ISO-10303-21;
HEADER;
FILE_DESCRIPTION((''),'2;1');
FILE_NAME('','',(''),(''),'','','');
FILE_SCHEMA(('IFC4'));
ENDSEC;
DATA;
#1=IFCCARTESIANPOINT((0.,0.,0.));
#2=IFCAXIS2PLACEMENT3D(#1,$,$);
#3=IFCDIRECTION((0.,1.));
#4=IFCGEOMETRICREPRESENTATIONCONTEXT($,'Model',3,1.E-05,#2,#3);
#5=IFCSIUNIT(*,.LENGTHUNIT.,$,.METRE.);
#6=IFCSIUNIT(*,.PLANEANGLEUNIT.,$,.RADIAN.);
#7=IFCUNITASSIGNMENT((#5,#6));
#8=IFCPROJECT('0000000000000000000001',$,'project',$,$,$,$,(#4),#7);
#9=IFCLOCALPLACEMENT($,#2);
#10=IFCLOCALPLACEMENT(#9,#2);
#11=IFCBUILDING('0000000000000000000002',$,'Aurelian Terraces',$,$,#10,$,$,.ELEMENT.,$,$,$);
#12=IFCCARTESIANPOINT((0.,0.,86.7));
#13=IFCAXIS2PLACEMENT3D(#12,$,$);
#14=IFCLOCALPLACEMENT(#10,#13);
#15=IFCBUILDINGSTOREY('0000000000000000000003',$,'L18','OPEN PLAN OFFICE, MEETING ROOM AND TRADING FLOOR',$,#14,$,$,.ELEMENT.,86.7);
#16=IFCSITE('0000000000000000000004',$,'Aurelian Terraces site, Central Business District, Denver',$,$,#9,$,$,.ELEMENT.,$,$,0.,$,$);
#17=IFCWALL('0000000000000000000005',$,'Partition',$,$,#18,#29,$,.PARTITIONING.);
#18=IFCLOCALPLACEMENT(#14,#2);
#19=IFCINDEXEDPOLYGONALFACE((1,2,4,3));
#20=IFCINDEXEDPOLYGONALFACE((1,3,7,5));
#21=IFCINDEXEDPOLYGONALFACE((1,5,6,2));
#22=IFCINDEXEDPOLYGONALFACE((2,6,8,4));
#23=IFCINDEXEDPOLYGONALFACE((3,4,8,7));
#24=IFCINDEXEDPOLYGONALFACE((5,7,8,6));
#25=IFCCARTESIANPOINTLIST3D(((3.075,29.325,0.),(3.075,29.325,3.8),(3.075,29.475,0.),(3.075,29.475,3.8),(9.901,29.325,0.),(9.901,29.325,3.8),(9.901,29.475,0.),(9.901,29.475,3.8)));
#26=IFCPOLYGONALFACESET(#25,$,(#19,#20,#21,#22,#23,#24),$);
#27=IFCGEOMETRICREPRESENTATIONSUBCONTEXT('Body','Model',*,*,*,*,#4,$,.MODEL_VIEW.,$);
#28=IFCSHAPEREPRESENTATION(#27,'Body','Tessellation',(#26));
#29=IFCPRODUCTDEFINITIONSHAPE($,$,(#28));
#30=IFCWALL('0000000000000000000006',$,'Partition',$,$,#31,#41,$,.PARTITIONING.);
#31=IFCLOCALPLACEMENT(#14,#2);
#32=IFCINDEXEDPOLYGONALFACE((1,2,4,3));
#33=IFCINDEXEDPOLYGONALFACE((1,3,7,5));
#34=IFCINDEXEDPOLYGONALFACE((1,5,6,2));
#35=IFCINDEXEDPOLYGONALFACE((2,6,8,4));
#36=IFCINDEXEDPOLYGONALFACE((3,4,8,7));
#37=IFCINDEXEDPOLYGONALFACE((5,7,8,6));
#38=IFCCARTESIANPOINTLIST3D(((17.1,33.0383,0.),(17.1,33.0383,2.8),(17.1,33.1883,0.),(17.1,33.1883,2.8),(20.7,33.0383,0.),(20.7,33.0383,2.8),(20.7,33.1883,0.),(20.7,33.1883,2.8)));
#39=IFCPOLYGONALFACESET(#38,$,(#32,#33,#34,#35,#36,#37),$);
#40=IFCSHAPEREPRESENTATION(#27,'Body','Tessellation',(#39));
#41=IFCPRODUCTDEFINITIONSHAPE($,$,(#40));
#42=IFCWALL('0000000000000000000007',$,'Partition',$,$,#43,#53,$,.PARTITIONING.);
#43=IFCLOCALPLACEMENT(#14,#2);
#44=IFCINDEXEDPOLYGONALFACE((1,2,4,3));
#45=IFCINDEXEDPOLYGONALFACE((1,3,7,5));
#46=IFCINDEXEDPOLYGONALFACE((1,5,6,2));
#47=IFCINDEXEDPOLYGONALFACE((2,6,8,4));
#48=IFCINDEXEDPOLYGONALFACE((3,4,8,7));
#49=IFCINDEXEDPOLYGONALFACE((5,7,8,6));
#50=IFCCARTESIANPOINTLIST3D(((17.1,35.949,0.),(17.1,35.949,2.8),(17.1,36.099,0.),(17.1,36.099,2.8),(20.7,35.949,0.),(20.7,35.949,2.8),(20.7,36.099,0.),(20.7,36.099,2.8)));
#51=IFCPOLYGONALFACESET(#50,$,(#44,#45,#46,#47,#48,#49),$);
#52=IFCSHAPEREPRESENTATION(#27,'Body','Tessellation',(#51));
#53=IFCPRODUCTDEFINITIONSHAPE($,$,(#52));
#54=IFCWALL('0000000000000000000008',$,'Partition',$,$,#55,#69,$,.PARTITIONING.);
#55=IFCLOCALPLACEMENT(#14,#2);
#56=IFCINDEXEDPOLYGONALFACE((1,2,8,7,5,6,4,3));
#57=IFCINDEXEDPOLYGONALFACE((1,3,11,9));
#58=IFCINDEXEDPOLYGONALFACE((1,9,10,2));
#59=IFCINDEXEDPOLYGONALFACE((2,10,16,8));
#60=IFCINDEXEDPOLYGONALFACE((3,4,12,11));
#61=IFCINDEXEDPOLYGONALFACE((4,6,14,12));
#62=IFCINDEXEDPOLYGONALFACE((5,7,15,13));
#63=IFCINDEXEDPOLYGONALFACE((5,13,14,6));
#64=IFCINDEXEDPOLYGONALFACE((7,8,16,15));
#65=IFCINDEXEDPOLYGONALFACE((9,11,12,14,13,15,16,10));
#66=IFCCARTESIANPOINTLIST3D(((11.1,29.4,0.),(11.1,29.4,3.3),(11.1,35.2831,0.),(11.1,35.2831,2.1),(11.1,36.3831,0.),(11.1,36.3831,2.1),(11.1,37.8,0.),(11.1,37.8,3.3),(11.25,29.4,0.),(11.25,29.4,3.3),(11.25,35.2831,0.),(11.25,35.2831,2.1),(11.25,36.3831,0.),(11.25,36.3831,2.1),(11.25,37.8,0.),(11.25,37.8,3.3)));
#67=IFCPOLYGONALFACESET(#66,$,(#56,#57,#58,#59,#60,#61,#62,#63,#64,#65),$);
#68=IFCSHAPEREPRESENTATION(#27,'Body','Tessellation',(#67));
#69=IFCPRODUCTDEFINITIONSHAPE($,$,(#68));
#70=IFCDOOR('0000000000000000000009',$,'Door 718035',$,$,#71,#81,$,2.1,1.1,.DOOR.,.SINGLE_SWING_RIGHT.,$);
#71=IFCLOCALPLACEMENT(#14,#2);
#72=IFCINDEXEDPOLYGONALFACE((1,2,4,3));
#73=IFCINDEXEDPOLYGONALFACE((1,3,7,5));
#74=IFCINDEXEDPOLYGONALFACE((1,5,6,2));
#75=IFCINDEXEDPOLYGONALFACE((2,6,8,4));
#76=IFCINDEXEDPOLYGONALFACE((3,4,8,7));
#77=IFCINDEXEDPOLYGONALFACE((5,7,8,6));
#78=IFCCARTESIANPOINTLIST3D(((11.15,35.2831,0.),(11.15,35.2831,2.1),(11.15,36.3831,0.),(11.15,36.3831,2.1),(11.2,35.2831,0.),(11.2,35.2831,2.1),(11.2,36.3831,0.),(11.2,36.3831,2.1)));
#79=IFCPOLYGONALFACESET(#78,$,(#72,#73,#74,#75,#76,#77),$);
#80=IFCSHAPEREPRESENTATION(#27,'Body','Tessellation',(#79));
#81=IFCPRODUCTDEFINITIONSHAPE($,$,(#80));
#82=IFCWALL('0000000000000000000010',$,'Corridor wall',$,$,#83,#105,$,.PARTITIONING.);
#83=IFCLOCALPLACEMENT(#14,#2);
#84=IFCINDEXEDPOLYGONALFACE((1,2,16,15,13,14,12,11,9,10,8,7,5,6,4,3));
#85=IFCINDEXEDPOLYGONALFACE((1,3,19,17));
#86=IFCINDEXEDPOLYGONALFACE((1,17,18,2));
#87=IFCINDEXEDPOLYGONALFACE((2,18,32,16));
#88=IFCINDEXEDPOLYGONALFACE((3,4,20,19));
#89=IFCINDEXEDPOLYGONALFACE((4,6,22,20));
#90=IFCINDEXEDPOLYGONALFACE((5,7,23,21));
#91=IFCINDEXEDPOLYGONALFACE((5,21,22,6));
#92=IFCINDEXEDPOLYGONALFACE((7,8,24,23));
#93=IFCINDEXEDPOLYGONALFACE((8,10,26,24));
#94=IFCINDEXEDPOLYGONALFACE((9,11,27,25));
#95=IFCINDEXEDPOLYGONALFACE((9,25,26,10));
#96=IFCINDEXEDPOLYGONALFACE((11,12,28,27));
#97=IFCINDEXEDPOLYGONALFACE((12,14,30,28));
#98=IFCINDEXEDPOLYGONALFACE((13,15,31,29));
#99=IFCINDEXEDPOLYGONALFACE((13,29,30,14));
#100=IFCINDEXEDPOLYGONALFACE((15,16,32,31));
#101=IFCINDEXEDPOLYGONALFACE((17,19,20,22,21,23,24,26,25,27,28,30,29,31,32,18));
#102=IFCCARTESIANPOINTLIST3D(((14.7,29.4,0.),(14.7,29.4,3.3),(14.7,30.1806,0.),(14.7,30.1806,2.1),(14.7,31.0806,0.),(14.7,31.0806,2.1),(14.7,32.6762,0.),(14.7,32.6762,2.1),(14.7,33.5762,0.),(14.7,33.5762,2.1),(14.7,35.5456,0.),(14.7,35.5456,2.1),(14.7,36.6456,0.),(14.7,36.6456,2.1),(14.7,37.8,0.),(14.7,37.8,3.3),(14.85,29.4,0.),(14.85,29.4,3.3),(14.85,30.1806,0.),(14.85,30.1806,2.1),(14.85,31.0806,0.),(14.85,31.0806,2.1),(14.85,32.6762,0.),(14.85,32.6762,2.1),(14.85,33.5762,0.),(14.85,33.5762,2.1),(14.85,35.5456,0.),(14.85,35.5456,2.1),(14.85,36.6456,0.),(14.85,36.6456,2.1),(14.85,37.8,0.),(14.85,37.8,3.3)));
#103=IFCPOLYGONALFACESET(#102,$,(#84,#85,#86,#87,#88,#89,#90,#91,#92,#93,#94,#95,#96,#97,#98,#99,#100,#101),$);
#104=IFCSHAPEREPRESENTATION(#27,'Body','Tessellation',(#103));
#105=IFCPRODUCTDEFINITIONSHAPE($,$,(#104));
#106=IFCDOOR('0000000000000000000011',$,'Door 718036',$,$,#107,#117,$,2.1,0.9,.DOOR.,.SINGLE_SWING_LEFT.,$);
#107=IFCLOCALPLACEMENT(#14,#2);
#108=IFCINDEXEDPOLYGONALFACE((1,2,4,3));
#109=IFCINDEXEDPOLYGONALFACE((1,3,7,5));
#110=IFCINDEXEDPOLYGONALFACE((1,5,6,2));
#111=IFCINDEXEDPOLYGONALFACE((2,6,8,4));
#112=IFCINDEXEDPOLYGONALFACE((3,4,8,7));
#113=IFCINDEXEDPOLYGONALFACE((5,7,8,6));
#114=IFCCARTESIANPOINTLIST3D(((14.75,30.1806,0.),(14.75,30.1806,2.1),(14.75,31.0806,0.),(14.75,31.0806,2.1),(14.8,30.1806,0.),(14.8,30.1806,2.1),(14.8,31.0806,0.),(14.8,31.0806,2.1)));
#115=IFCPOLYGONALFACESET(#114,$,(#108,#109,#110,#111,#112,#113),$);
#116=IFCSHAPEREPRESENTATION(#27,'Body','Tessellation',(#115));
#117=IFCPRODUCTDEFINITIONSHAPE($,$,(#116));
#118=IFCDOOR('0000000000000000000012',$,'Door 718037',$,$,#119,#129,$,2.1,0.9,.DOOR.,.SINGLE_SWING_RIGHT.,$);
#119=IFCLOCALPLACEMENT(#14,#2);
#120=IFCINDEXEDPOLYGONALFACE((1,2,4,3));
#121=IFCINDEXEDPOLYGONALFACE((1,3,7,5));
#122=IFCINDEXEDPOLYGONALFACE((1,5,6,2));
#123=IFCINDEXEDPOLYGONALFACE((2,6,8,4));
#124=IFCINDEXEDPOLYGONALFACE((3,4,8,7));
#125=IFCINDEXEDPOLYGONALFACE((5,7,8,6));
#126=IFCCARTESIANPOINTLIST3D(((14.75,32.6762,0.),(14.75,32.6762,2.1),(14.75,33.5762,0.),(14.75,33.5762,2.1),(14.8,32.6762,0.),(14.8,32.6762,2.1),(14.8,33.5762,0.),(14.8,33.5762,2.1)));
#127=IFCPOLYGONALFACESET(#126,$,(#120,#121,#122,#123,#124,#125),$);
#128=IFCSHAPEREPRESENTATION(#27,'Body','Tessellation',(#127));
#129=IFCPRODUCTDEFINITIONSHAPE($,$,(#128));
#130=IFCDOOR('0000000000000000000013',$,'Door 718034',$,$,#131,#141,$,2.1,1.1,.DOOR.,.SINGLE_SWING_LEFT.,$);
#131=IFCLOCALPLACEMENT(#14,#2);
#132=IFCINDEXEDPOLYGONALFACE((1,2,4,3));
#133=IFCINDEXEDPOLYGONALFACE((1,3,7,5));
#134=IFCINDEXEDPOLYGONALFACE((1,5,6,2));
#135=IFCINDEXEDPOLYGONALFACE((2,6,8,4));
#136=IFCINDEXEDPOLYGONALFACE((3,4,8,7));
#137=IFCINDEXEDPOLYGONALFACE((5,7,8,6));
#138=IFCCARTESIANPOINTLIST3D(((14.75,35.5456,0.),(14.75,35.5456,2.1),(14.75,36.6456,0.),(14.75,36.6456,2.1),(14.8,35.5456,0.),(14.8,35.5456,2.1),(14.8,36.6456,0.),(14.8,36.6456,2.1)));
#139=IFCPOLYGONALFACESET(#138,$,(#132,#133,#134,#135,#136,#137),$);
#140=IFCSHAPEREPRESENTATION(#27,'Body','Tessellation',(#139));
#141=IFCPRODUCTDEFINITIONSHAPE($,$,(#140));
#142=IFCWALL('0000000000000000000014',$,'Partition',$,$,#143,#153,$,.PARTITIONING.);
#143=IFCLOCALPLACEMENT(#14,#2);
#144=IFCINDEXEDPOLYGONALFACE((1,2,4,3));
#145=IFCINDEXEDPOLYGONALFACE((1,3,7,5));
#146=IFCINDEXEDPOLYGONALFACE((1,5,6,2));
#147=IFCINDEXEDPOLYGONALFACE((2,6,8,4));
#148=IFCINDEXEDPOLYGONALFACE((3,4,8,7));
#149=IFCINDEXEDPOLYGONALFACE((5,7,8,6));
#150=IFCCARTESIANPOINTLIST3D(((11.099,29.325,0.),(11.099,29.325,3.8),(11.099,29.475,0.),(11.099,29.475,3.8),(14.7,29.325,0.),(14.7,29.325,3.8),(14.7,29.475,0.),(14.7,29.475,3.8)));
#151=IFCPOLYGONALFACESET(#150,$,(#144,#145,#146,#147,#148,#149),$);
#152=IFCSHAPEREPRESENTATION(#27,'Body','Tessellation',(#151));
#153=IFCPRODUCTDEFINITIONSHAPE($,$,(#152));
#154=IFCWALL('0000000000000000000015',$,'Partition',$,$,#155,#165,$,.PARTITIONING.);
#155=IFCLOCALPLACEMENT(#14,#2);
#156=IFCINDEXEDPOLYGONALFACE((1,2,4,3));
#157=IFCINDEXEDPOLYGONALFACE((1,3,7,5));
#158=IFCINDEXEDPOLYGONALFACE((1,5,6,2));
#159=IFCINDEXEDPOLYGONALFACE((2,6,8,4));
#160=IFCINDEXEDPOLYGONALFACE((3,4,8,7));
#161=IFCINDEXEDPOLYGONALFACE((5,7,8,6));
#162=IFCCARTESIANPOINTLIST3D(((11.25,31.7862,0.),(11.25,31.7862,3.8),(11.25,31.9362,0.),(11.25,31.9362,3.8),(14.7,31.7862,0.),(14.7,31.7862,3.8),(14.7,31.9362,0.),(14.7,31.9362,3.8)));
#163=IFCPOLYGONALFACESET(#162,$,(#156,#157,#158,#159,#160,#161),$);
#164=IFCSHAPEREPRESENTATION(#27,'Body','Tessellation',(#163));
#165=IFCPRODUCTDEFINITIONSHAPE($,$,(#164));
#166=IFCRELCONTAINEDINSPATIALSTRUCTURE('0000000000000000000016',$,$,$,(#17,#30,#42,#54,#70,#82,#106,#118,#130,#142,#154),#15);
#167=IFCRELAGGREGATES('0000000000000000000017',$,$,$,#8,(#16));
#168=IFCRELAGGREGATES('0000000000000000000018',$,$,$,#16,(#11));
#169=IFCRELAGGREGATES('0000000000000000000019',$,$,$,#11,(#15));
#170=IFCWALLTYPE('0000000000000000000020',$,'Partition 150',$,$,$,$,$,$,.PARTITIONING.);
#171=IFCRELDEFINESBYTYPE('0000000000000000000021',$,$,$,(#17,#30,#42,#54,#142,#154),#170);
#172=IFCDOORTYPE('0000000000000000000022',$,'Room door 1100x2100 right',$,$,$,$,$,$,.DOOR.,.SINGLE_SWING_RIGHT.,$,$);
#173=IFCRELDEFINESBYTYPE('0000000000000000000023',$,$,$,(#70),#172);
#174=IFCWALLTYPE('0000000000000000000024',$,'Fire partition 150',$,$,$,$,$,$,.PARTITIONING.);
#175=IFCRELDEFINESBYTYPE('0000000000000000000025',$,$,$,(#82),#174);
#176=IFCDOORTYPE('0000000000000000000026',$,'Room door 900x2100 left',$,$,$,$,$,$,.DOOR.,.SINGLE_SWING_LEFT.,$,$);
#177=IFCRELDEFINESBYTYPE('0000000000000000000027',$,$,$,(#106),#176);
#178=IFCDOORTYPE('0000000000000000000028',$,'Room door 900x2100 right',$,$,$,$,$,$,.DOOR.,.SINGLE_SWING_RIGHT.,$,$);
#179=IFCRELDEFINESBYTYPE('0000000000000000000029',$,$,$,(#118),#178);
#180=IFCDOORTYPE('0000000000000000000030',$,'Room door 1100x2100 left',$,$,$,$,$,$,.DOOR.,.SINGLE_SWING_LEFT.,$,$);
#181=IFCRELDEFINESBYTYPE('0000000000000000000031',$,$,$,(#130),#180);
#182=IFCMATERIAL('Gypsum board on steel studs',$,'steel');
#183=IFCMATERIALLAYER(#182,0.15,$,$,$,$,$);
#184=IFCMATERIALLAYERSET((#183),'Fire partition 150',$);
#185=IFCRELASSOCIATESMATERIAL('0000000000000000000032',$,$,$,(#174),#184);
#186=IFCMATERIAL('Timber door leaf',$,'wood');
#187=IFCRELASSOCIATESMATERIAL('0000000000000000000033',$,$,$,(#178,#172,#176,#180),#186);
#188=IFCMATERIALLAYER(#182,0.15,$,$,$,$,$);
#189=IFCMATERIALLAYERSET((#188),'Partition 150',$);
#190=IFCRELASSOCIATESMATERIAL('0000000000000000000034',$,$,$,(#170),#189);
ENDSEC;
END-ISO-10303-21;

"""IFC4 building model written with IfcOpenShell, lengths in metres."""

from ifc_helpers import new_model, si_unit, direction, frame, frame_2d, origin, place, context, subcontext, project, spatial, rectangle, extrude, source, transform, mapped, material, layer, layer_set, type_object, element, fill, save


model = new_model("IFC4")

# Units and contexts
model_context = context("Model", 3, precision=1e-05, world=origin(), true_north=direction((0.0, 1.0)))
body_context = subcontext(model_context, "Body", "Model", "MODEL_VIEW")
ifc_project = project(units=[si_unit("LENGTHUNIT", "METRE"), si_unit("PLANEANGLEUNIT", "RADIAN")], contexts=[model_context])

# Site, building, storey
site_placement = place(None, origin())
site = spatial("IfcSite", under=ifc_project, at=site_placement, Name="Aurelian Terraces site, Central Business District, Denver", CompositionType="ELEMENT", RefElevation=0.0)
building_placement = place(site_placement, origin())
building = spatial("IfcBuilding", under=site, at=building_placement, Name="Aurelian Terraces", CompositionType="ELEMENT")
storey_placement = place(building_placement, frame((0.0, 0.0, 86.7)))
storey = spatial("IfcBuildingStorey", under=building, at=storey_placement, Name="L18", Description="OPEN PLAN OFFICE, MEETING ROOM AND TRADING FLOOR", CompositionType="ELEMENT", Elevation=86.7)

# Shared definitions
ifc_material_1 = material(Name="Gypsum board on steel studs", Category="steel")
shared_shape_1 = source(origin(), body_context, "Body", "SweptSolid", [
    extrude(rectangle(XDim=0.9, YDim=2.1, at=frame_2d((0.45, 1.05))), frame((0.0, 0.025, 0.0), z_axis=(0.0, -1.0, 0.0), x_axis=(1.0, 0.0, 0.0)), (0.0, 0.0, 1.0), 0.05),
])

# Shared definitions
ifc_layer_1 = layer(ifc_material_1, 0.15)
ifc_layer_set_1 = layer_set([ifc_layer_1], Name="Fire partition 150")
wall_type_1 = type_object("IfcWallType", Name="Fire partition 150", PredefinedType="PARTITIONING", material=ifc_layer_set_1)
shared_shape_2 = source(origin(), body_context, "Body", "SweptSolid", [
    extrude(rectangle(XDim=0.9, YDim=2.1, at=frame_2d((0.45, 1.05))), frame((0.0, 0.085, 0.0), z_axis=(0.0, -1.0, 0.0), x_axis=(1.0, 0.0, 0.0)), (0.0, 0.0, 1.0), 0.17),
])
ifc_material_2 = material(Name="Timber door leaf", Category="wood")
door_type_1 = type_object("IfcDoorType", Name="Room door 900x2100 right", OperationType="SINGLE_SWING_RIGHT", PredefinedType="DOOR", material=ifc_material_2)

# Walls
ifc_layer_2 = layer(ifc_material_1, 0.15)
ifc_layer_set_2 = layer_set([ifc_layer_2], Name="Partition 150")
wall_type_2 = type_object("IfcWallType", Name="Partition 150", PredefinedType="PARTITIONING", material=ifc_layer_set_2)
shared_shape_3 = source(origin(), body_context, "Body", "SweptSolid", [
    extrude(rectangle(XDim=6.826, YDim=0.15, at=frame_2d((3.413, 0.0))), origin(), (0.0, 0.0, 1.0), 3.8),
])
wall_1_placement = place(storey_placement, frame((9.901, 29.4, 0.0), z_axis=(0.0, 0.0, 1.0), x_axis=(-1.0, 0.0, 0.0)))
element("IfcWall", 1, at=wall_1_placement, inside=storey, type_object=wall_type_2, Name="Partition", PredefinedType="PARTITIONING", context=body_context, shape_type="MappedRepresentation", body=[
    mapped(shared_shape_3, transform((0.0, 0.0, 0.0), scale=1.0)),
])
shared_shape_4 = source(origin(), body_context, "Body", "SweptSolid", [
    extrude(rectangle(XDim=3.6, YDim=0.15, at=frame_2d((1.8, 0.0))), origin(), (0.0, 0.0, 1.0), 2.8),
])
for number, where, z_axis, x_axis, name in (
    (2, (17.1, 33.1133, 0.0), (0.0, 0.0, 1.0), (1.0, 0.0, 0.0), "Partition"),
    (3, (17.1, 36.024, 0.0), (0.0, 0.0, 1.0), (1.0, 0.0, 0.0), "Partition"),
):
    element("IfcWall", number, at=place(storey_placement, frame(where, z_axis=z_axis, x_axis=x_axis)), inside=storey, type_object=wall_type_2, Name=name, PredefinedType="PARTITIONING", context=body_context, shape_type="MappedRepresentation", body=[
        mapped(shared_shape_4, transform((0.0, 0.0, 0.0), scale=1.0)),
    ])

# Wall, opening, door
shared_shape_5 = source(origin(), body_context, "Body", "SweptSolid", [
    extrude(rectangle(XDim=8.4, YDim=0.15, at=frame_2d((4.2, 0.0))), origin(), (0.0, 0.0, 1.0), 3.3),
])
wall_2_placement = place(storey_placement, frame((11.175, 29.4, 0.0), z_axis=(0.0, 0.0, 1.0), x_axis=(0.0, 1.0, 0.0)))
wall_2 = element("IfcWall", 4, at=wall_2_placement, inside=storey, type_object=wall_type_2, Name="Partition", PredefinedType="PARTITIONING", context=body_context, shape_type="MappedRepresentation", body=[
    mapped(shared_shape_5, transform((0.0, 0.0, 0.0), scale=1.0)),
])
shared_shape_6 = source(origin(), body_context, "Body", "SweptSolid", [
    extrude(rectangle(XDim=1.1, YDim=2.1, at=frame_2d((0.55, 1.05))), frame((0.0, 0.085, 0.0), z_axis=(0.0, -1.0, 0.0), x_axis=(1.0, 0.0, 0.0)), (0.0, 0.0, 1.0), 0.17),
])
opening_1_placement = place(wall_2_placement, frame((5.8831, 0.0, 0.0)))
opening_1 = element("IfcOpeningElement", 5, at=opening_1_placement, cuts=wall_2, PredefinedType="OPENING", context=body_context, shape_type="MappedRepresentation", body=[
    mapped(shared_shape_6, transform((0.0, 0.0, 0.0), scale=1.0)),
])
door_type_2 = type_object("IfcDoorType", Name="Room door 1100x2100 right", OperationType="SINGLE_SWING_RIGHT", PredefinedType="DOOR", material=ifc_material_2)
shared_shape_7 = source(origin(), body_context, "Body", "SweptSolid", [
    extrude(rectangle(XDim=1.1, YDim=2.1, at=frame_2d((0.55, 1.05))), frame((0.0, 0.025, 0.0), z_axis=(0.0, -1.0, 0.0), x_axis=(1.0, 0.0, 0.0)), (0.0, 0.0, 1.0), 0.05),
])
door_1_placement = place(opening_1_placement, origin())
door_1 = element("IfcDoor", 6, at=door_1_placement, inside=storey, type_object=door_type_2, Name="Door 718035", OperationType="SINGLE_SWING_RIGHT", OverallHeight=2.1, OverallWidth=1.1, PredefinedType="DOOR", context=body_context, shape_type="MappedRepresentation", body=[
    mapped(shared_shape_7, transform((0.0, 0.0, 0.0), scale=1.0)),
])
fill(opening_1, door_1)

# Wall, openings, doors
wall_3_placement = place(storey_placement, frame((14.775, 29.4, 0.0), z_axis=(0.0, 0.0, 1.0), x_axis=(0.0, 1.0, 0.0)))
wall_3 = element("IfcWall", 7, at=wall_3_placement, inside=storey, type_object=wall_type_1, Name="Corridor wall", PredefinedType="PARTITIONING", context=body_context, shape_type="MappedRepresentation", body=[
    mapped(shared_shape_5, transform((0.0, 0.0, 0.0), scale=1.0)),
])
opening_2_placement = place(wall_3_placement, frame((6.1456, 0.0, 0.0)))
opening_2 = element("IfcOpeningElement", 8, at=opening_2_placement, cuts=wall_3, PredefinedType="OPENING", context=body_context, shape_type="MappedRepresentation", body=[
    mapped(shared_shape_6, transform((0.0, 0.0, 0.0), scale=1.0)),
])
opening_3_placement = place(wall_3_placement, frame((0.7806, 0.0, 0.0)))
opening_3 = element("IfcOpeningElement", 9, at=opening_3_placement, cuts=wall_3, PredefinedType="OPENING", context=body_context, shape_type="MappedRepresentation", body=[
    mapped(shared_shape_2, transform((0.0, 0.0, 0.0), scale=1.0)),
])
opening_4_placement = place(wall_3_placement, frame((3.2762, 0.0, 0.0)))
opening_4 = element("IfcOpeningElement", 10, at=opening_4_placement, cuts=wall_3, PredefinedType="OPENING", context=body_context, shape_type="MappedRepresentation", body=[
    mapped(shared_shape_2, transform((0.0, 0.0, 0.0), scale=1.0)),
])
door_type_3 = type_object("IfcDoorType", Name="Room door 900x2100 left", OperationType="SINGLE_SWING_LEFT", PredefinedType="DOOR", material=ifc_material_2)
door_2_placement = place(opening_3_placement, origin())
door_2 = element("IfcDoor", 11, at=door_2_placement, inside=storey, type_object=door_type_3, Name="Door 718036", OperationType="SINGLE_SWING_LEFT", OverallHeight=2.1, OverallWidth=0.9, PredefinedType="DOOR", context=body_context, shape_type="MappedRepresentation", body=[
    mapped(shared_shape_1, transform((0.0, 0.0, 0.0), scale=1.0)),
])
fill(opening_3, door_2)
door_3_placement = place(opening_4_placement, origin())
door_3 = element("IfcDoor", 12, at=door_3_placement, inside=storey, type_object=door_type_1, Name="Door 718037", OperationType="SINGLE_SWING_RIGHT", OverallHeight=2.1, OverallWidth=0.9, PredefinedType="DOOR", context=body_context, shape_type="MappedRepresentation", body=[
    mapped(shared_shape_1, transform((0.0, 0.0, 0.0), scale=1.0)),
])
fill(opening_4, door_3)
door_type_4 = type_object("IfcDoorType", Name="Room door 1100x2100 left", OperationType="SINGLE_SWING_LEFT", PredefinedType="DOOR", material=ifc_material_2)
door_4_placement = place(opening_2_placement, origin())
door_4 = element("IfcDoor", 13, at=door_4_placement, inside=storey, type_object=door_type_4, Name="Door 718034", OperationType="SINGLE_SWING_LEFT", OverallHeight=2.1, OverallWidth=1.1, PredefinedType="DOOR", context=body_context, shape_type="MappedRepresentation", body=[
    mapped(shared_shape_7, transform((0.0, 0.0, 0.0), scale=1.0)),
])
fill(opening_2, door_4)

# Walls
shared_shape_8 = source(origin(), body_context, "Body", "SweptSolid", [
    extrude(rectangle(XDim=3.601, YDim=0.15, at=frame_2d((1.8005, 0.0))), origin(), (0.0, 0.0, 1.0), 3.8),
])
wall_4_placement = place(storey_placement, frame((14.7, 29.4, 0.0), z_axis=(0.0, 0.0, 1.0), x_axis=(-1.0, 0.0, 0.0)))
element("IfcWall", 14, at=wall_4_placement, inside=storey, type_object=wall_type_2, Name="Partition", PredefinedType="PARTITIONING", context=body_context, shape_type="MappedRepresentation", body=[
    mapped(shared_shape_8, transform((0.0, 0.0, 0.0), scale=1.0)),
])
shared_shape_9 = source(origin(), body_context, "Body", "SweptSolid", [
    extrude(rectangle(XDim=3.45, YDim=0.15, at=frame_2d((1.725, 0.0))), origin(), (0.0, 0.0, 1.0), 3.8),
])
for number, where, z_axis, x_axis, name in (
    (15, (14.7, 31.8612, 0.0), (0.0, 0.0, 1.0), (-1.0, 0.0, 0.0), "Partition"),
):
    element("IfcWall", number, at=place(storey_placement, frame(where, z_axis=z_axis, x_axis=x_axis)), inside=storey, type_object=wall_type_2, Name=name, PredefinedType="PARTITIONING", context=body_context, shape_type="MappedRepresentation", body=[
        mapped(shared_shape_9, transform((0.0, 0.0, 0.0), scale=1.0)),
    ])

save(model, "model.ifc")
